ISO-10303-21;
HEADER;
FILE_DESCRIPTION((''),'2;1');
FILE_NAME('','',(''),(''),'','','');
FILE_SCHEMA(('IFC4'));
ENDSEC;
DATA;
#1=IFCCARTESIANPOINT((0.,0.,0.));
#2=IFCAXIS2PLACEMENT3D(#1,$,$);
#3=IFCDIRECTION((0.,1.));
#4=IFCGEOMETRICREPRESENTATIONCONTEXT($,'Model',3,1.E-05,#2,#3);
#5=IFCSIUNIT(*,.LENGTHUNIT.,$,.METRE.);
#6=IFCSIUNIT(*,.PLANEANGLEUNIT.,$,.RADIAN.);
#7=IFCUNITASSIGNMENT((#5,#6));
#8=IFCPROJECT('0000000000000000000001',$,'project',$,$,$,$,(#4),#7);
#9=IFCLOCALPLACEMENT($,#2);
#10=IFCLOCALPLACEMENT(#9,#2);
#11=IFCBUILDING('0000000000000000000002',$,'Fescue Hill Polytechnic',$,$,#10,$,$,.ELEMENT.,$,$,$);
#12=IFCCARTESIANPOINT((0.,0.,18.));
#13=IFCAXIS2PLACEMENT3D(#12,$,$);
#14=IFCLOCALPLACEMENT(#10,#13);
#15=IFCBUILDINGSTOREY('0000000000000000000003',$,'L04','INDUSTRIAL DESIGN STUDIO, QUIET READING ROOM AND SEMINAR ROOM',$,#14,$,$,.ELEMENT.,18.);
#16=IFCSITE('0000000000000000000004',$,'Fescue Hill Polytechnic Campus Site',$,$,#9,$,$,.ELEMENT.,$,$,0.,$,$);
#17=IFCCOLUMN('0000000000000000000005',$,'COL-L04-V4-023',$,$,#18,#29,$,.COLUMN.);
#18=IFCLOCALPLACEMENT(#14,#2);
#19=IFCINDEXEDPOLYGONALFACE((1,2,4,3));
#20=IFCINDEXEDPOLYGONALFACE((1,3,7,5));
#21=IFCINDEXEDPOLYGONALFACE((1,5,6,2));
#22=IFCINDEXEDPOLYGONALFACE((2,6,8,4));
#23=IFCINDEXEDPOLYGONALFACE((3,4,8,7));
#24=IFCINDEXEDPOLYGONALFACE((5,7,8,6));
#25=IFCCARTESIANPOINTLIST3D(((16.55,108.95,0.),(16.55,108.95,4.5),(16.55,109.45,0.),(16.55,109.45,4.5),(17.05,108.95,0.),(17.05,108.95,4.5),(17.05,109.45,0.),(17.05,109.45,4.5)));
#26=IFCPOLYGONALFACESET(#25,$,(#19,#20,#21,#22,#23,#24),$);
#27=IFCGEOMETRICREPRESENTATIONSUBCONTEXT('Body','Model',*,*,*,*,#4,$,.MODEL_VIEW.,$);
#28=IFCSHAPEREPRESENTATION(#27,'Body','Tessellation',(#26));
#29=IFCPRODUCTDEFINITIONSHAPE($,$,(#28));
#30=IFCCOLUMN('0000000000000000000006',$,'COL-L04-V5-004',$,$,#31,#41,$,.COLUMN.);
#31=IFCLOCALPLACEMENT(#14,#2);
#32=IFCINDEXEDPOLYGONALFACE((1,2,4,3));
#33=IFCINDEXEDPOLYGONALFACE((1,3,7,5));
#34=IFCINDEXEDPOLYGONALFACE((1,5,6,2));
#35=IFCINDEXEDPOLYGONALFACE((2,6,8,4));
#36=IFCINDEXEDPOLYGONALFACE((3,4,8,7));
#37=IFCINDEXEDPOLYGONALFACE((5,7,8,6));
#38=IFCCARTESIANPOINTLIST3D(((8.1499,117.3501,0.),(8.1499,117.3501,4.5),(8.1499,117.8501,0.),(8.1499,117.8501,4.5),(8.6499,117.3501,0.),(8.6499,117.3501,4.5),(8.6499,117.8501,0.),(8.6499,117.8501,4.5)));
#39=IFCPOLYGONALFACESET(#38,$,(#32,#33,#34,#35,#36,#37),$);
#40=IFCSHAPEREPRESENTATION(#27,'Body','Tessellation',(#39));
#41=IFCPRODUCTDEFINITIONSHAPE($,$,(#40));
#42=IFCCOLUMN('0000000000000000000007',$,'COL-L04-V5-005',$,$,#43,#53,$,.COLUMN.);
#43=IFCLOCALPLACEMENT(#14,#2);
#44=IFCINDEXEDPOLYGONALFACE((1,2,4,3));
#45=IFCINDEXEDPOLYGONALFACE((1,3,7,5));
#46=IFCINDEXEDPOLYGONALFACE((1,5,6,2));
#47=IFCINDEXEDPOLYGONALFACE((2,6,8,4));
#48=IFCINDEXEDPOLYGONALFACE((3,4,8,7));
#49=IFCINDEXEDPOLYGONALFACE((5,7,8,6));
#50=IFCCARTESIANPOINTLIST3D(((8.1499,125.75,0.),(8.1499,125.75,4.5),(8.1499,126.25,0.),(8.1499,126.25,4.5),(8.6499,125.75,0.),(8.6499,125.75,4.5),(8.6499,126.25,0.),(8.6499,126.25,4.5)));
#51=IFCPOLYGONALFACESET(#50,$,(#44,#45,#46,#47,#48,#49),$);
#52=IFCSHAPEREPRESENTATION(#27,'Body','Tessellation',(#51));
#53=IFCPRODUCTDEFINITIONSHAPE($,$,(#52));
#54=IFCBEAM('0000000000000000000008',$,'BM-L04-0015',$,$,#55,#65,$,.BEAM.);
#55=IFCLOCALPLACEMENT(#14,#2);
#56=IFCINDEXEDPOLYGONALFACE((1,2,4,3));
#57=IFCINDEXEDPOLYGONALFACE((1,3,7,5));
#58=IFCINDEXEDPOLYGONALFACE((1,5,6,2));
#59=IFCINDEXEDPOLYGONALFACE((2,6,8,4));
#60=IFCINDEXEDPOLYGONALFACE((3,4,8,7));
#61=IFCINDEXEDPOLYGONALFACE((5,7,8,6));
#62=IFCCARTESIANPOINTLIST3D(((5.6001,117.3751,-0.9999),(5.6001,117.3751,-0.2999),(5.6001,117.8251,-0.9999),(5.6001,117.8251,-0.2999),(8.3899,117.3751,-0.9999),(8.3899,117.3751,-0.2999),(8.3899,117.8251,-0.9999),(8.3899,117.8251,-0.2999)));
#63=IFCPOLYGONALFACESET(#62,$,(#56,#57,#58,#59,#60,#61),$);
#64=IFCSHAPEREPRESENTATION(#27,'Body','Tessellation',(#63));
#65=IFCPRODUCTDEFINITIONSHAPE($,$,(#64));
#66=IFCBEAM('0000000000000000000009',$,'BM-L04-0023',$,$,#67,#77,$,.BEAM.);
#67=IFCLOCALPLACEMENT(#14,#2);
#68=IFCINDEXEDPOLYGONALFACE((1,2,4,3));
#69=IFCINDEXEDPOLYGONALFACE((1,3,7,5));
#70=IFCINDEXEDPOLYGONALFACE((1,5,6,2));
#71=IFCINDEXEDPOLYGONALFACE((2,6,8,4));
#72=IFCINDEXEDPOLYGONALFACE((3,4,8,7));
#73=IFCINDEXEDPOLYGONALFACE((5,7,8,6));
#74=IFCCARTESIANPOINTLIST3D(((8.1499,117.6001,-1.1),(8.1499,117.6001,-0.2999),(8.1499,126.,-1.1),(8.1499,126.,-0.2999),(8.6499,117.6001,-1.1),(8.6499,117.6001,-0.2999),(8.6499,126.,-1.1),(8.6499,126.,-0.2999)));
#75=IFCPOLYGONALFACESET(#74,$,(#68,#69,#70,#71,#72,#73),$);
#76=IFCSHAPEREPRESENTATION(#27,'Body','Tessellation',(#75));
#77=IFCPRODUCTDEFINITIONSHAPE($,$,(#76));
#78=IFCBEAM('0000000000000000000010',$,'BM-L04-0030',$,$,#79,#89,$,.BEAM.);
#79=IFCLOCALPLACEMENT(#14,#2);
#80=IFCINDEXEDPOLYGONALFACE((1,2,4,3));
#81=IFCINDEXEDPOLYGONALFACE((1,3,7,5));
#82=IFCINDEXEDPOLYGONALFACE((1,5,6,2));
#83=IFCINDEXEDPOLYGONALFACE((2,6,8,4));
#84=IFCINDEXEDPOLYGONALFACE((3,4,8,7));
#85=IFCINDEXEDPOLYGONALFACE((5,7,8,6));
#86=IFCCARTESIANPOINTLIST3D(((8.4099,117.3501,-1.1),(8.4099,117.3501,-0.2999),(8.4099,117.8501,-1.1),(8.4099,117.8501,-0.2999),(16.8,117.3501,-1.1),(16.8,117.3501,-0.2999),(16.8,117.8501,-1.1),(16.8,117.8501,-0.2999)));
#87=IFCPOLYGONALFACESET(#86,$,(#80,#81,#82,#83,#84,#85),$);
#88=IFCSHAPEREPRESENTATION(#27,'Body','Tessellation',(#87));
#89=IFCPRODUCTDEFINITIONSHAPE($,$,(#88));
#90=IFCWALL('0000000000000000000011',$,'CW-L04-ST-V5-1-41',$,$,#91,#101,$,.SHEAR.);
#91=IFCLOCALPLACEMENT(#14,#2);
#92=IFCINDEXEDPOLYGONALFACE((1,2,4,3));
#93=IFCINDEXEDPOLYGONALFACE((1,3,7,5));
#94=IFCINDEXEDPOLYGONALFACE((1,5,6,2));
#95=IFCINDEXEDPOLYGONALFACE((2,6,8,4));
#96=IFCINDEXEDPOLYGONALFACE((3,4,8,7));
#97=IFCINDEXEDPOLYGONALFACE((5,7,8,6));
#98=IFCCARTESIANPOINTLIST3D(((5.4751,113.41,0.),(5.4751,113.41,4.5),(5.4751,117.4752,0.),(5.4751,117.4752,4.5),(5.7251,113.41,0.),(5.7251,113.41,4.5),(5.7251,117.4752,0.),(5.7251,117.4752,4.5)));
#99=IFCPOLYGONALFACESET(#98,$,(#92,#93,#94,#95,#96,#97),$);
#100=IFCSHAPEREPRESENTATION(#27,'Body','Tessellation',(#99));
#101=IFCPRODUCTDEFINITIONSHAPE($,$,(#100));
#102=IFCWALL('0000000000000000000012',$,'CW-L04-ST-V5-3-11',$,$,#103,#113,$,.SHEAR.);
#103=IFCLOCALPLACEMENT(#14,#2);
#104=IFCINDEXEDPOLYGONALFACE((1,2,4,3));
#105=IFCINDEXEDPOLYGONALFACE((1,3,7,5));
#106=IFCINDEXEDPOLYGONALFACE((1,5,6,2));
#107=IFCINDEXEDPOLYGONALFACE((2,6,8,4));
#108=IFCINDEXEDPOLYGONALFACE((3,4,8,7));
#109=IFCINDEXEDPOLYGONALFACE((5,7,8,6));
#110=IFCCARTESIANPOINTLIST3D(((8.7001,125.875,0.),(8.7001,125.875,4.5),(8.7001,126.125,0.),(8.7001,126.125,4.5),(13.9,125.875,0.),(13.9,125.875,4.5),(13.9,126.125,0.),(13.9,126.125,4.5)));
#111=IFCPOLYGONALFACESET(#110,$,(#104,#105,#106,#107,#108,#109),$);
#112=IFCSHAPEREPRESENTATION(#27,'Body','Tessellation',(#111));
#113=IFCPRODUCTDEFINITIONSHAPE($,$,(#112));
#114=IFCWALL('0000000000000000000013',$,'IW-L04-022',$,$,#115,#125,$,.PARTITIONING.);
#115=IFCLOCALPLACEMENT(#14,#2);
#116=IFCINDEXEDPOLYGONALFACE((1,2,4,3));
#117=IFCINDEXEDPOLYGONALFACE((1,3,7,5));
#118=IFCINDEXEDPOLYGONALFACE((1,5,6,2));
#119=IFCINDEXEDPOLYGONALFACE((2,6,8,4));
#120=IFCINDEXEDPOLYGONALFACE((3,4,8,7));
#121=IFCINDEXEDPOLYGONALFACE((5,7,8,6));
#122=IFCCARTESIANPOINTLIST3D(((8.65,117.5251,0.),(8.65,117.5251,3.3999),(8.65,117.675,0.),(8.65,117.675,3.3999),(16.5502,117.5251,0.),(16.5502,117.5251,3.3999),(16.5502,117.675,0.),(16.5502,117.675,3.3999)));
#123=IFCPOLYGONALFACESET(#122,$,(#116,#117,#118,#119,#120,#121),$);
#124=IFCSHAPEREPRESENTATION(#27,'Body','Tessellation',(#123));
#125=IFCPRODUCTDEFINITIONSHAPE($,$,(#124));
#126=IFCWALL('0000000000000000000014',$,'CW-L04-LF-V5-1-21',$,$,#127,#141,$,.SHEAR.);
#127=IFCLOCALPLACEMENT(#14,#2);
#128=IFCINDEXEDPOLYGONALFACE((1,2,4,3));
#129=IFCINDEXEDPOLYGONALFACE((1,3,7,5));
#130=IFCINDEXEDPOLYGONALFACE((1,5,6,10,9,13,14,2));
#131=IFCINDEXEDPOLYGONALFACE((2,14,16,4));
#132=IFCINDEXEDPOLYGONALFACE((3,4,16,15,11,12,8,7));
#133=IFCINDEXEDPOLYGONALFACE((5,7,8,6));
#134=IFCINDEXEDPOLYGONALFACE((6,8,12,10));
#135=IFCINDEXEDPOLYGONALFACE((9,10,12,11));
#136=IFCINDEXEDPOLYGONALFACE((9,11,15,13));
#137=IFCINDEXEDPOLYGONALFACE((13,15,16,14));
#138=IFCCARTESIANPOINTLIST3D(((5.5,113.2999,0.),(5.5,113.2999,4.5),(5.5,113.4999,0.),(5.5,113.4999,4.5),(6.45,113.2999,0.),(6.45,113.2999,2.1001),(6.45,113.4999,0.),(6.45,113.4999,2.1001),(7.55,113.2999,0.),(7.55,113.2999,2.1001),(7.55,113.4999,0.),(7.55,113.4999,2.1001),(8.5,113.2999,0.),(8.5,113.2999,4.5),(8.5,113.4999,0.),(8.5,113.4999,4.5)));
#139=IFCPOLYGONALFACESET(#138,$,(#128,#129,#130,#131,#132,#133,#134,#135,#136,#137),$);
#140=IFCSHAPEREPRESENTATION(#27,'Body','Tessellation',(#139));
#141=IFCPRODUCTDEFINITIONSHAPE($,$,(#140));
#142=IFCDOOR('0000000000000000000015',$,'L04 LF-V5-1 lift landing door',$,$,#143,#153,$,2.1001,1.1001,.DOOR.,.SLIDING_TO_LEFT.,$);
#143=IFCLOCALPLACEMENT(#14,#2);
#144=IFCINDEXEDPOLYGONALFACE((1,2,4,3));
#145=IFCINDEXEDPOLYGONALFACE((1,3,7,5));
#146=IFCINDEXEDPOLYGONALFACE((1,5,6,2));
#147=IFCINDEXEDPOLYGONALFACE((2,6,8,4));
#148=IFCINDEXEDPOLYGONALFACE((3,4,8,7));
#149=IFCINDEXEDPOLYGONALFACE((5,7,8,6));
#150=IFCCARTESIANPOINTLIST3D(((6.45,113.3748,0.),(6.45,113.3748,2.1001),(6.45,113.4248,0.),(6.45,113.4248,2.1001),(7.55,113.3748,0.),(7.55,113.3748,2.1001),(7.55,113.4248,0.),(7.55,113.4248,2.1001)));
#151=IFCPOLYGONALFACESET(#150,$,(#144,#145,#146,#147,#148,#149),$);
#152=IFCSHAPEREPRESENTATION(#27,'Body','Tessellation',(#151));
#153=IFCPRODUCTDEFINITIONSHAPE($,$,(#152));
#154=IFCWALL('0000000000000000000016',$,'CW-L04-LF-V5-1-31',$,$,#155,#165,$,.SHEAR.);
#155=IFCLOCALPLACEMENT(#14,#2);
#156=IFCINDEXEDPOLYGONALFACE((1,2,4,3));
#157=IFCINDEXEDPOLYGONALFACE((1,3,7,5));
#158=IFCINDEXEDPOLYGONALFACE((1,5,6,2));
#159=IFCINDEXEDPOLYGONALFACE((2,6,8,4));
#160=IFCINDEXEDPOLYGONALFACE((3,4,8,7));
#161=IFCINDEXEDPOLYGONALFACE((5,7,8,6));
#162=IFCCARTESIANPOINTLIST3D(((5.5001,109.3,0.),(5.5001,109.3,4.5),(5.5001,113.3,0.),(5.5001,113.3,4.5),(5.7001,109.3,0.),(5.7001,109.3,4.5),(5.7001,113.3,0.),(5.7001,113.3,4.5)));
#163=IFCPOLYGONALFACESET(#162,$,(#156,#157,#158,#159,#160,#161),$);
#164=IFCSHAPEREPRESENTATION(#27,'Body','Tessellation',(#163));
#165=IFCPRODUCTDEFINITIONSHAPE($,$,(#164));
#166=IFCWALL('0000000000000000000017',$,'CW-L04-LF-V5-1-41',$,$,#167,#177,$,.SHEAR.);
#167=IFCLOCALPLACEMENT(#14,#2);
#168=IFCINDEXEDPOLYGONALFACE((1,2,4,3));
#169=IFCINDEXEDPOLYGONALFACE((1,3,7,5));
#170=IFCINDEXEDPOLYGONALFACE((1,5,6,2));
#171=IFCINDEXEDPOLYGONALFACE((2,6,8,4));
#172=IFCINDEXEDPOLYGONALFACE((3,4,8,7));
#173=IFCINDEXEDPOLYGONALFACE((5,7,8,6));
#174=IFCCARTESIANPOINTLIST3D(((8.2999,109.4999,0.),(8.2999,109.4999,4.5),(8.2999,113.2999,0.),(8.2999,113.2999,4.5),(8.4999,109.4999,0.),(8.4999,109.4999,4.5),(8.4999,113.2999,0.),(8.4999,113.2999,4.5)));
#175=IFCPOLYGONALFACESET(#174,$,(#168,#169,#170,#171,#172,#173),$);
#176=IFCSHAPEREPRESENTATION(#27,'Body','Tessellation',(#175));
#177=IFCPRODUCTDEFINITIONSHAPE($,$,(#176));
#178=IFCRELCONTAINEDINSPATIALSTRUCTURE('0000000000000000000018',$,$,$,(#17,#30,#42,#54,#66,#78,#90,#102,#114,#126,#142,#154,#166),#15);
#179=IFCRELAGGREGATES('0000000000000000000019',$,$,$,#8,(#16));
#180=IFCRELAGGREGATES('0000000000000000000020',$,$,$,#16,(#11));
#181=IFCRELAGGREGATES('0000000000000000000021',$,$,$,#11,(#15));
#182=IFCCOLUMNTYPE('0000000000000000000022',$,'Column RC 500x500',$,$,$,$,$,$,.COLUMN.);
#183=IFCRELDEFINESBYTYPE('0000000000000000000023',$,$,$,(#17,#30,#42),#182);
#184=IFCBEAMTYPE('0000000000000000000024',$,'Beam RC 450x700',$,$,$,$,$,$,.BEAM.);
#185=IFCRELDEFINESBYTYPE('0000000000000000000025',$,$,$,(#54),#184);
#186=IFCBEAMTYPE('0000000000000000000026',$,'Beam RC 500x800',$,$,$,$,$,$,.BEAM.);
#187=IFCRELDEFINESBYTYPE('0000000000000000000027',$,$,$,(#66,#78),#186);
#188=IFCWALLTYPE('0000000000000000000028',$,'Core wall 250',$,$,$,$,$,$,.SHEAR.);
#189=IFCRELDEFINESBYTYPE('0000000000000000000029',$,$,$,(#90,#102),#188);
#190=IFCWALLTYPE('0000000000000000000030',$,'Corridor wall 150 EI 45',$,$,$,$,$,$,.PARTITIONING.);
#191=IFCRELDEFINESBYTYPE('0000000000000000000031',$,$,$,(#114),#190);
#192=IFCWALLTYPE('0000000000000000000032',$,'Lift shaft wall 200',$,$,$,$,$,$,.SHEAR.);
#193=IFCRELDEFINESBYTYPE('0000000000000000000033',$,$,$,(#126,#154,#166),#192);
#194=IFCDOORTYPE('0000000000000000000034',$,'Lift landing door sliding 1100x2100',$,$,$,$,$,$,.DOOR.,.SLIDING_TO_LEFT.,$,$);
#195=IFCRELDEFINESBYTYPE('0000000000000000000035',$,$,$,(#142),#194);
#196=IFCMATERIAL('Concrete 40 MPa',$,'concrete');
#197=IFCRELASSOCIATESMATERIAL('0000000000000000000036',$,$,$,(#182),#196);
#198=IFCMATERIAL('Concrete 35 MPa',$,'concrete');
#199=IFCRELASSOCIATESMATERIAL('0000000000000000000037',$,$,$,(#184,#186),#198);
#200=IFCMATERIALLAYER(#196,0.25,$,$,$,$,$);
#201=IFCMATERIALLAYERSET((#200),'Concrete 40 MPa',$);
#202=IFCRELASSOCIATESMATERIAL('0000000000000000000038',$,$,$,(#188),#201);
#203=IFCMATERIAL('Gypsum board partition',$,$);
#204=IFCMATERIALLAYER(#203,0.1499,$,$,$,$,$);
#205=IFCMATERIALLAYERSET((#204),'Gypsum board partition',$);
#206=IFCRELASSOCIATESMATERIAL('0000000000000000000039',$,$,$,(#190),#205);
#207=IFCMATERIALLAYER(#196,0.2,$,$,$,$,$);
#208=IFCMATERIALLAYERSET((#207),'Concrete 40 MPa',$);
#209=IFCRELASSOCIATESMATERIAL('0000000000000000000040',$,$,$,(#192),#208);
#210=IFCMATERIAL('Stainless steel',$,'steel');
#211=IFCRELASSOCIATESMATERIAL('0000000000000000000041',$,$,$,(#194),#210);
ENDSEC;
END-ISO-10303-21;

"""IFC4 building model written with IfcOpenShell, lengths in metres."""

from ifc_helpers import new_model, si_unit, direction, frame, frame_2d, origin, origin_2d, place, context, subcontext, project, spatial, rectangle, extrude, material, layer, layer_set, material_profile, profile_set, type_object, element, fill, save


model = new_model("IFC4")

# Units and contexts
model_context = context("Model", 3, precision=1e-05, world=origin(), true_north=direction((0.0, 1.0)))
body_context = subcontext(model_context, "Body", "Model", "MODEL_VIEW")
ifc_project = project(units=[si_unit("LENGTHUNIT", "METRE"), si_unit("PLANEANGLEUNIT", "RADIAN")], contexts=[model_context])

# Site, building, storey
site_placement = place(None, origin())
site = spatial("IfcSite", under=ifc_project, at=site_placement, Name="Fescue Hill Polytechnic Campus Site", CompositionType="ELEMENT", RefElevation=0.0)
building_placement = place(site_placement, origin())
building = spatial("IfcBuilding", under=site, at=building_placement, Name="Fescue Hill Polytechnic", CompositionType="ELEMENT")
storey_placement = place(building_placement, frame((0.0, 0.0, 18.0)))
storey = spatial("IfcBuildingStorey", under=building, at=storey_placement, Name="L04", Description="INDUSTRIAL DESIGN STUDIO, QUIET READING ROOM AND SEMINAR ROOM", CompositionType="ELEMENT", Elevation=18.0)

# Columns
ifc_material_1 = material(Name="Concrete 40 MPa", Category="concrete")
ifc_material_profile_1 = material_profile(ifc_material_1, rectangle(XDim=0.5, YDim=0.5, at=origin_2d()), Name="RC 500x500")
ifc_profile_set_1 = profile_set([ifc_material_profile_1], Name="Concrete 40 MPa")
column_type = type_object("IfcColumnType", Name="Column RC 500x500", PredefinedType="COLUMN", material=ifc_profile_set_1)
for number, where, z_axis, x_axis, name in (
    (1, (16.8, 109.2, 0.0), (0.0, 0.0, 1.0), (1.0, 0.0, 0.0), "COL-L04-V4-023"),
    (2, (8.3999, 117.6001, 0.0), (0.0, 0.0, 1.0), (1.0, 0.0, 0.0), "COL-L04-V5-004"),
    (3, (8.3999, 126.0, 0.0), (0.0, 0.0, 1.0), (1.0, 0.0, 0.0), "COL-L04-V5-005"),
):
    element("IfcColumn", number, at=place(storey_placement, frame(where, z_axis=z_axis, x_axis=x_axis)), inside=storey, type_object=column_type, Name=name, PredefinedType="COLUMN", context=body_context, shape_type="SweptSolid", body=[
        extrude(rectangle(XDim=0.5, YDim=0.5, at=origin_2d()), origin(), (0.0, 0.0, 1.0), 4.5),
    ])

# Beams
ifc_material_2 = material(Name="Concrete 35 MPa", Category="concrete")
ifc_material_profile_2 = material_profile(ifc_material_2, rectangle(XDim=0.45, YDim=0.7, at=origin_2d()), Name="RC 450x700")
ifc_profile_set_2 = profile_set([ifc_material_profile_2], Name="Concrete 35 MPa")
beam_type_1 = type_object("IfcBeamType", Name="Beam RC 450x700", PredefinedType="BEAM", material=ifc_profile_set_2)
beam_1_placement = place(storey_placement, frame((5.6001, 117.6001, -0.6499), z_axis=(1.0, 0.0, 0.0), x_axis=(0.0, 1.0, 0.0)))
element("IfcBeam", 4, at=beam_1_placement, inside=storey, type_object=beam_type_1, Name="BM-L04-0015", PredefinedType="BEAM", context=body_context, shape_type="SweptSolid", body=[
    extrude(rectangle(XDim=0.45, YDim=0.7, at=origin_2d()), origin(), (0.0, 0.0, 1.0), 2.7898),
])
ifc_material_profile_3 = material_profile(ifc_material_2, rectangle(XDim=0.5, YDim=0.8, at=origin_2d()), Name="RC 500x800")
ifc_profile_set_3 = profile_set([ifc_material_profile_3], Name="Concrete 35 MPa")
beam_type_2 = type_object("IfcBeamType", Name="Beam RC 500x800", PredefinedType="BEAM", material=ifc_profile_set_3)
beam_2_placement = place(storey_placement, frame((8.3999, 117.6001, -0.7), z_axis=(0.0, 1.0, 0.0), x_axis=(-1.0, 0.0, 0.0)))
element("IfcBeam", 5, at=beam_2_placement, inside=storey, type_object=beam_type_2, Name="BM-L04-0023", PredefinedType="BEAM", context=body_context, shape_type="SweptSolid", body=[
    extrude(rectangle(XDim=0.5, YDim=0.8, at=origin_2d()), origin(), (0.0, 0.0, 1.0), 8.3999),
])
beam_3_placement = place(storey_placement, frame((8.4099, 117.6001, -0.7), z_axis=(1.0, 0.0, 0.0), x_axis=(0.0, 1.0, 0.0)))
element("IfcBeam", 6, at=beam_3_placement, inside=storey, type_object=beam_type_2, Name="BM-L04-0030", PredefinedType="BEAM", context=body_context, shape_type="SweptSolid", body=[
    extrude(rectangle(XDim=0.5, YDim=0.8, at=origin_2d()), origin(), (0.0, 0.0, 1.0), 8.3901),
])

# Walls
ifc_layer_1 = layer(ifc_material_1, 0.25)
ifc_layer_set_1 = layer_set([ifc_layer_1], Name="Concrete 40 MPa")
wall_type_1 = type_object("IfcWallType", Name="Core wall 250", PredefinedType="SHEAR", material=ifc_layer_set_1)
wall_1_placement = place(storey_placement, frame((5.6001, 113.4099, 0.0), z_axis=(0.0, 0.0, 1.0), x_axis=(0.0, 1.0, 0.0)))
element("IfcWall", 7, at=wall_1_placement, inside=storey, type_object=wall_type_1, Name="CW-L04-ST-V5-1-41", PredefinedType="SHEAR", context=body_context, shape_type="SweptSolid", body=[
    extrude(rectangle(XDim=4.0652, YDim=0.25, at=frame_2d((2.0327, 0.0))), origin(), (0.0, 0.0, 1.0), 4.5),
])
wall_2_placement = place(storey_placement, frame((8.7, 126.0, 0.0), z_axis=(0.0, 0.0, 1.0), x_axis=(1.0, 0.0, 0.0)))
element("IfcWall", 8, at=wall_2_placement, inside=storey, type_object=wall_type_1, Name="CW-L04-ST-V5-3-11", PredefinedType="SHEAR", context=body_context, shape_type="SweptSolid", body=[
    extrude(rectangle(XDim=5.2, YDim=0.25, at=frame_2d((2.6001, 0.0))), origin(), (0.0, 0.0, 1.0), 4.5),
])
ifc_material_3 = material(Name="Gypsum board partition")
ifc_layer_2 = layer(ifc_material_3, 0.1499)
ifc_layer_set_2 = layer_set([ifc_layer_2], Name="Gypsum board partition")
wall_type_2 = type_object("IfcWallType", Name="Corridor wall 150 EI 45", PredefinedType="PARTITIONING", material=ifc_layer_set_2)
wall_3_placement = place(storey_placement, frame((8.6499, 117.6001, 0.0), z_axis=(0.0, 0.0, 1.0), x_axis=(1.0, 0.0, 0.0)))
element("IfcWall", 9, at=wall_3_placement, inside=storey, type_object=wall_type_2, Name="IW-L04-022", PredefinedType="PARTITIONING", context=body_context, shape_type="SweptSolid", body=[
    extrude(rectangle(XDim=7.9001, YDim=0.1499, at=frame_2d((3.9502, 0.0))), origin(), (0.0, 0.0, 1.0), 3.3999),
])

# Wall, opening, door
ifc_layer_3 = layer(ifc_material_1, 0.2)
ifc_layer_set_3 = layer_set([ifc_layer_3], Name="Concrete 40 MPa")
wall_type_3 = type_object("IfcWallType", Name="Lift shaft wall 200", PredefinedType="SHEAR", material=ifc_layer_set_3)
wall_4_placement = place(storey_placement, frame((5.5, 113.3999, 0.0), z_axis=(0.0, 0.0, 1.0), x_axis=(1.0, 0.0, 0.0)))
wall_4 = element("IfcWall", 10, at=wall_4_placement, inside=storey, type_object=wall_type_3, Name="CW-L04-LF-V5-1-21", PredefinedType="SHEAR", context=body_context, shape_type="SweptSolid", body=[
    extrude(rectangle(XDim=3.0, YDim=0.2, at=frame_2d((1.5, 0.0))), origin(), (0.0, 0.0, 1.0), 4.5),
])
opening_1_placement = place(wall_4_placement, frame((0.95, 0.0, 0.0)))
opening_1 = element("IfcOpeningElement", 11, at=opening_1_placement, cuts=wall_4, PredefinedType="OPENING", context=body_context, shape_type="SweptSolid", body=[
    extrude(rectangle(XDim=1.1001, YDim=2.1001, at=frame_2d((0.55, 1.05))), frame((0.0, 0.1099, 0.0), z_axis=(0.0, -1.0, 0.0), x_axis=(1.0, 0.0, 0.0)), (0.0, 0.0, 1.0), 0.22),
])
ifc_material_4 = material(Name="Stainless steel", Category="steel")
door_type_1 = type_object("IfcDoorType", Name="Lift landing door sliding 1100x2100", OperationType="SLIDING_TO_LEFT", PredefinedType="DOOR", material=ifc_material_4)
door_1_placement = place(opening_1_placement, origin())
door_1 = element("IfcDoor", 12, at=door_1_placement, inside=storey, type_object=door_type_1, Name="L04 LF-V5-1 lift landing door", OperationType="SLIDING_TO_LEFT", OverallHeight=2.1001, OverallWidth=1.1001, PredefinedType="DOOR", context=body_context, shape_type="SweptSolid", body=[
    extrude(rectangle(XDim=1.1001, YDim=2.1001, at=frame_2d((0.55, 1.05))), frame((0.0, 0.0249, 0.0), z_axis=(0.0, -1.0, 0.0), x_axis=(1.0, 0.0, 0.0)), (0.0, 0.0, 1.0), 0.05),
])
fill(opening_1, door_1)

# Walls
wall_5_placement = place(storey_placement, frame((5.6001, 109.3, 0.0), z_axis=(0.0, 0.0, 1.0), x_axis=(0.0, 1.0, 0.0)))
element("IfcWall", 13, at=wall_5_placement, inside=storey, type_object=wall_type_3, Name="CW-L04-LF-V5-1-31", PredefinedType="SHEAR", context=body_context, shape_type="SweptSolid", body=[
    extrude(rectangle(XDim=4.0, YDim=0.2, at=frame_2d((2.0, 0.0))), origin(), (0.0, 0.0, 1.0), 4.5),
])
wall_6_placement = place(storey_placement, frame((8.3999, 109.5, 0.0), z_axis=(0.0, 0.0, 1.0), x_axis=(0.0, 1.0, 0.0)))
element("IfcWall", 14, at=wall_6_placement, inside=storey, type_object=wall_type_3, Name="CW-L04-LF-V5-1-41", PredefinedType="SHEAR", context=body_context, shape_type="SweptSolid", body=[
    extrude(rectangle(XDim=3.8, YDim=0.2, at=frame_2d((1.8999, 0.0))), origin(), (0.0, 0.0, 1.0), 4.5),
])

save(model, "model.ifc")
